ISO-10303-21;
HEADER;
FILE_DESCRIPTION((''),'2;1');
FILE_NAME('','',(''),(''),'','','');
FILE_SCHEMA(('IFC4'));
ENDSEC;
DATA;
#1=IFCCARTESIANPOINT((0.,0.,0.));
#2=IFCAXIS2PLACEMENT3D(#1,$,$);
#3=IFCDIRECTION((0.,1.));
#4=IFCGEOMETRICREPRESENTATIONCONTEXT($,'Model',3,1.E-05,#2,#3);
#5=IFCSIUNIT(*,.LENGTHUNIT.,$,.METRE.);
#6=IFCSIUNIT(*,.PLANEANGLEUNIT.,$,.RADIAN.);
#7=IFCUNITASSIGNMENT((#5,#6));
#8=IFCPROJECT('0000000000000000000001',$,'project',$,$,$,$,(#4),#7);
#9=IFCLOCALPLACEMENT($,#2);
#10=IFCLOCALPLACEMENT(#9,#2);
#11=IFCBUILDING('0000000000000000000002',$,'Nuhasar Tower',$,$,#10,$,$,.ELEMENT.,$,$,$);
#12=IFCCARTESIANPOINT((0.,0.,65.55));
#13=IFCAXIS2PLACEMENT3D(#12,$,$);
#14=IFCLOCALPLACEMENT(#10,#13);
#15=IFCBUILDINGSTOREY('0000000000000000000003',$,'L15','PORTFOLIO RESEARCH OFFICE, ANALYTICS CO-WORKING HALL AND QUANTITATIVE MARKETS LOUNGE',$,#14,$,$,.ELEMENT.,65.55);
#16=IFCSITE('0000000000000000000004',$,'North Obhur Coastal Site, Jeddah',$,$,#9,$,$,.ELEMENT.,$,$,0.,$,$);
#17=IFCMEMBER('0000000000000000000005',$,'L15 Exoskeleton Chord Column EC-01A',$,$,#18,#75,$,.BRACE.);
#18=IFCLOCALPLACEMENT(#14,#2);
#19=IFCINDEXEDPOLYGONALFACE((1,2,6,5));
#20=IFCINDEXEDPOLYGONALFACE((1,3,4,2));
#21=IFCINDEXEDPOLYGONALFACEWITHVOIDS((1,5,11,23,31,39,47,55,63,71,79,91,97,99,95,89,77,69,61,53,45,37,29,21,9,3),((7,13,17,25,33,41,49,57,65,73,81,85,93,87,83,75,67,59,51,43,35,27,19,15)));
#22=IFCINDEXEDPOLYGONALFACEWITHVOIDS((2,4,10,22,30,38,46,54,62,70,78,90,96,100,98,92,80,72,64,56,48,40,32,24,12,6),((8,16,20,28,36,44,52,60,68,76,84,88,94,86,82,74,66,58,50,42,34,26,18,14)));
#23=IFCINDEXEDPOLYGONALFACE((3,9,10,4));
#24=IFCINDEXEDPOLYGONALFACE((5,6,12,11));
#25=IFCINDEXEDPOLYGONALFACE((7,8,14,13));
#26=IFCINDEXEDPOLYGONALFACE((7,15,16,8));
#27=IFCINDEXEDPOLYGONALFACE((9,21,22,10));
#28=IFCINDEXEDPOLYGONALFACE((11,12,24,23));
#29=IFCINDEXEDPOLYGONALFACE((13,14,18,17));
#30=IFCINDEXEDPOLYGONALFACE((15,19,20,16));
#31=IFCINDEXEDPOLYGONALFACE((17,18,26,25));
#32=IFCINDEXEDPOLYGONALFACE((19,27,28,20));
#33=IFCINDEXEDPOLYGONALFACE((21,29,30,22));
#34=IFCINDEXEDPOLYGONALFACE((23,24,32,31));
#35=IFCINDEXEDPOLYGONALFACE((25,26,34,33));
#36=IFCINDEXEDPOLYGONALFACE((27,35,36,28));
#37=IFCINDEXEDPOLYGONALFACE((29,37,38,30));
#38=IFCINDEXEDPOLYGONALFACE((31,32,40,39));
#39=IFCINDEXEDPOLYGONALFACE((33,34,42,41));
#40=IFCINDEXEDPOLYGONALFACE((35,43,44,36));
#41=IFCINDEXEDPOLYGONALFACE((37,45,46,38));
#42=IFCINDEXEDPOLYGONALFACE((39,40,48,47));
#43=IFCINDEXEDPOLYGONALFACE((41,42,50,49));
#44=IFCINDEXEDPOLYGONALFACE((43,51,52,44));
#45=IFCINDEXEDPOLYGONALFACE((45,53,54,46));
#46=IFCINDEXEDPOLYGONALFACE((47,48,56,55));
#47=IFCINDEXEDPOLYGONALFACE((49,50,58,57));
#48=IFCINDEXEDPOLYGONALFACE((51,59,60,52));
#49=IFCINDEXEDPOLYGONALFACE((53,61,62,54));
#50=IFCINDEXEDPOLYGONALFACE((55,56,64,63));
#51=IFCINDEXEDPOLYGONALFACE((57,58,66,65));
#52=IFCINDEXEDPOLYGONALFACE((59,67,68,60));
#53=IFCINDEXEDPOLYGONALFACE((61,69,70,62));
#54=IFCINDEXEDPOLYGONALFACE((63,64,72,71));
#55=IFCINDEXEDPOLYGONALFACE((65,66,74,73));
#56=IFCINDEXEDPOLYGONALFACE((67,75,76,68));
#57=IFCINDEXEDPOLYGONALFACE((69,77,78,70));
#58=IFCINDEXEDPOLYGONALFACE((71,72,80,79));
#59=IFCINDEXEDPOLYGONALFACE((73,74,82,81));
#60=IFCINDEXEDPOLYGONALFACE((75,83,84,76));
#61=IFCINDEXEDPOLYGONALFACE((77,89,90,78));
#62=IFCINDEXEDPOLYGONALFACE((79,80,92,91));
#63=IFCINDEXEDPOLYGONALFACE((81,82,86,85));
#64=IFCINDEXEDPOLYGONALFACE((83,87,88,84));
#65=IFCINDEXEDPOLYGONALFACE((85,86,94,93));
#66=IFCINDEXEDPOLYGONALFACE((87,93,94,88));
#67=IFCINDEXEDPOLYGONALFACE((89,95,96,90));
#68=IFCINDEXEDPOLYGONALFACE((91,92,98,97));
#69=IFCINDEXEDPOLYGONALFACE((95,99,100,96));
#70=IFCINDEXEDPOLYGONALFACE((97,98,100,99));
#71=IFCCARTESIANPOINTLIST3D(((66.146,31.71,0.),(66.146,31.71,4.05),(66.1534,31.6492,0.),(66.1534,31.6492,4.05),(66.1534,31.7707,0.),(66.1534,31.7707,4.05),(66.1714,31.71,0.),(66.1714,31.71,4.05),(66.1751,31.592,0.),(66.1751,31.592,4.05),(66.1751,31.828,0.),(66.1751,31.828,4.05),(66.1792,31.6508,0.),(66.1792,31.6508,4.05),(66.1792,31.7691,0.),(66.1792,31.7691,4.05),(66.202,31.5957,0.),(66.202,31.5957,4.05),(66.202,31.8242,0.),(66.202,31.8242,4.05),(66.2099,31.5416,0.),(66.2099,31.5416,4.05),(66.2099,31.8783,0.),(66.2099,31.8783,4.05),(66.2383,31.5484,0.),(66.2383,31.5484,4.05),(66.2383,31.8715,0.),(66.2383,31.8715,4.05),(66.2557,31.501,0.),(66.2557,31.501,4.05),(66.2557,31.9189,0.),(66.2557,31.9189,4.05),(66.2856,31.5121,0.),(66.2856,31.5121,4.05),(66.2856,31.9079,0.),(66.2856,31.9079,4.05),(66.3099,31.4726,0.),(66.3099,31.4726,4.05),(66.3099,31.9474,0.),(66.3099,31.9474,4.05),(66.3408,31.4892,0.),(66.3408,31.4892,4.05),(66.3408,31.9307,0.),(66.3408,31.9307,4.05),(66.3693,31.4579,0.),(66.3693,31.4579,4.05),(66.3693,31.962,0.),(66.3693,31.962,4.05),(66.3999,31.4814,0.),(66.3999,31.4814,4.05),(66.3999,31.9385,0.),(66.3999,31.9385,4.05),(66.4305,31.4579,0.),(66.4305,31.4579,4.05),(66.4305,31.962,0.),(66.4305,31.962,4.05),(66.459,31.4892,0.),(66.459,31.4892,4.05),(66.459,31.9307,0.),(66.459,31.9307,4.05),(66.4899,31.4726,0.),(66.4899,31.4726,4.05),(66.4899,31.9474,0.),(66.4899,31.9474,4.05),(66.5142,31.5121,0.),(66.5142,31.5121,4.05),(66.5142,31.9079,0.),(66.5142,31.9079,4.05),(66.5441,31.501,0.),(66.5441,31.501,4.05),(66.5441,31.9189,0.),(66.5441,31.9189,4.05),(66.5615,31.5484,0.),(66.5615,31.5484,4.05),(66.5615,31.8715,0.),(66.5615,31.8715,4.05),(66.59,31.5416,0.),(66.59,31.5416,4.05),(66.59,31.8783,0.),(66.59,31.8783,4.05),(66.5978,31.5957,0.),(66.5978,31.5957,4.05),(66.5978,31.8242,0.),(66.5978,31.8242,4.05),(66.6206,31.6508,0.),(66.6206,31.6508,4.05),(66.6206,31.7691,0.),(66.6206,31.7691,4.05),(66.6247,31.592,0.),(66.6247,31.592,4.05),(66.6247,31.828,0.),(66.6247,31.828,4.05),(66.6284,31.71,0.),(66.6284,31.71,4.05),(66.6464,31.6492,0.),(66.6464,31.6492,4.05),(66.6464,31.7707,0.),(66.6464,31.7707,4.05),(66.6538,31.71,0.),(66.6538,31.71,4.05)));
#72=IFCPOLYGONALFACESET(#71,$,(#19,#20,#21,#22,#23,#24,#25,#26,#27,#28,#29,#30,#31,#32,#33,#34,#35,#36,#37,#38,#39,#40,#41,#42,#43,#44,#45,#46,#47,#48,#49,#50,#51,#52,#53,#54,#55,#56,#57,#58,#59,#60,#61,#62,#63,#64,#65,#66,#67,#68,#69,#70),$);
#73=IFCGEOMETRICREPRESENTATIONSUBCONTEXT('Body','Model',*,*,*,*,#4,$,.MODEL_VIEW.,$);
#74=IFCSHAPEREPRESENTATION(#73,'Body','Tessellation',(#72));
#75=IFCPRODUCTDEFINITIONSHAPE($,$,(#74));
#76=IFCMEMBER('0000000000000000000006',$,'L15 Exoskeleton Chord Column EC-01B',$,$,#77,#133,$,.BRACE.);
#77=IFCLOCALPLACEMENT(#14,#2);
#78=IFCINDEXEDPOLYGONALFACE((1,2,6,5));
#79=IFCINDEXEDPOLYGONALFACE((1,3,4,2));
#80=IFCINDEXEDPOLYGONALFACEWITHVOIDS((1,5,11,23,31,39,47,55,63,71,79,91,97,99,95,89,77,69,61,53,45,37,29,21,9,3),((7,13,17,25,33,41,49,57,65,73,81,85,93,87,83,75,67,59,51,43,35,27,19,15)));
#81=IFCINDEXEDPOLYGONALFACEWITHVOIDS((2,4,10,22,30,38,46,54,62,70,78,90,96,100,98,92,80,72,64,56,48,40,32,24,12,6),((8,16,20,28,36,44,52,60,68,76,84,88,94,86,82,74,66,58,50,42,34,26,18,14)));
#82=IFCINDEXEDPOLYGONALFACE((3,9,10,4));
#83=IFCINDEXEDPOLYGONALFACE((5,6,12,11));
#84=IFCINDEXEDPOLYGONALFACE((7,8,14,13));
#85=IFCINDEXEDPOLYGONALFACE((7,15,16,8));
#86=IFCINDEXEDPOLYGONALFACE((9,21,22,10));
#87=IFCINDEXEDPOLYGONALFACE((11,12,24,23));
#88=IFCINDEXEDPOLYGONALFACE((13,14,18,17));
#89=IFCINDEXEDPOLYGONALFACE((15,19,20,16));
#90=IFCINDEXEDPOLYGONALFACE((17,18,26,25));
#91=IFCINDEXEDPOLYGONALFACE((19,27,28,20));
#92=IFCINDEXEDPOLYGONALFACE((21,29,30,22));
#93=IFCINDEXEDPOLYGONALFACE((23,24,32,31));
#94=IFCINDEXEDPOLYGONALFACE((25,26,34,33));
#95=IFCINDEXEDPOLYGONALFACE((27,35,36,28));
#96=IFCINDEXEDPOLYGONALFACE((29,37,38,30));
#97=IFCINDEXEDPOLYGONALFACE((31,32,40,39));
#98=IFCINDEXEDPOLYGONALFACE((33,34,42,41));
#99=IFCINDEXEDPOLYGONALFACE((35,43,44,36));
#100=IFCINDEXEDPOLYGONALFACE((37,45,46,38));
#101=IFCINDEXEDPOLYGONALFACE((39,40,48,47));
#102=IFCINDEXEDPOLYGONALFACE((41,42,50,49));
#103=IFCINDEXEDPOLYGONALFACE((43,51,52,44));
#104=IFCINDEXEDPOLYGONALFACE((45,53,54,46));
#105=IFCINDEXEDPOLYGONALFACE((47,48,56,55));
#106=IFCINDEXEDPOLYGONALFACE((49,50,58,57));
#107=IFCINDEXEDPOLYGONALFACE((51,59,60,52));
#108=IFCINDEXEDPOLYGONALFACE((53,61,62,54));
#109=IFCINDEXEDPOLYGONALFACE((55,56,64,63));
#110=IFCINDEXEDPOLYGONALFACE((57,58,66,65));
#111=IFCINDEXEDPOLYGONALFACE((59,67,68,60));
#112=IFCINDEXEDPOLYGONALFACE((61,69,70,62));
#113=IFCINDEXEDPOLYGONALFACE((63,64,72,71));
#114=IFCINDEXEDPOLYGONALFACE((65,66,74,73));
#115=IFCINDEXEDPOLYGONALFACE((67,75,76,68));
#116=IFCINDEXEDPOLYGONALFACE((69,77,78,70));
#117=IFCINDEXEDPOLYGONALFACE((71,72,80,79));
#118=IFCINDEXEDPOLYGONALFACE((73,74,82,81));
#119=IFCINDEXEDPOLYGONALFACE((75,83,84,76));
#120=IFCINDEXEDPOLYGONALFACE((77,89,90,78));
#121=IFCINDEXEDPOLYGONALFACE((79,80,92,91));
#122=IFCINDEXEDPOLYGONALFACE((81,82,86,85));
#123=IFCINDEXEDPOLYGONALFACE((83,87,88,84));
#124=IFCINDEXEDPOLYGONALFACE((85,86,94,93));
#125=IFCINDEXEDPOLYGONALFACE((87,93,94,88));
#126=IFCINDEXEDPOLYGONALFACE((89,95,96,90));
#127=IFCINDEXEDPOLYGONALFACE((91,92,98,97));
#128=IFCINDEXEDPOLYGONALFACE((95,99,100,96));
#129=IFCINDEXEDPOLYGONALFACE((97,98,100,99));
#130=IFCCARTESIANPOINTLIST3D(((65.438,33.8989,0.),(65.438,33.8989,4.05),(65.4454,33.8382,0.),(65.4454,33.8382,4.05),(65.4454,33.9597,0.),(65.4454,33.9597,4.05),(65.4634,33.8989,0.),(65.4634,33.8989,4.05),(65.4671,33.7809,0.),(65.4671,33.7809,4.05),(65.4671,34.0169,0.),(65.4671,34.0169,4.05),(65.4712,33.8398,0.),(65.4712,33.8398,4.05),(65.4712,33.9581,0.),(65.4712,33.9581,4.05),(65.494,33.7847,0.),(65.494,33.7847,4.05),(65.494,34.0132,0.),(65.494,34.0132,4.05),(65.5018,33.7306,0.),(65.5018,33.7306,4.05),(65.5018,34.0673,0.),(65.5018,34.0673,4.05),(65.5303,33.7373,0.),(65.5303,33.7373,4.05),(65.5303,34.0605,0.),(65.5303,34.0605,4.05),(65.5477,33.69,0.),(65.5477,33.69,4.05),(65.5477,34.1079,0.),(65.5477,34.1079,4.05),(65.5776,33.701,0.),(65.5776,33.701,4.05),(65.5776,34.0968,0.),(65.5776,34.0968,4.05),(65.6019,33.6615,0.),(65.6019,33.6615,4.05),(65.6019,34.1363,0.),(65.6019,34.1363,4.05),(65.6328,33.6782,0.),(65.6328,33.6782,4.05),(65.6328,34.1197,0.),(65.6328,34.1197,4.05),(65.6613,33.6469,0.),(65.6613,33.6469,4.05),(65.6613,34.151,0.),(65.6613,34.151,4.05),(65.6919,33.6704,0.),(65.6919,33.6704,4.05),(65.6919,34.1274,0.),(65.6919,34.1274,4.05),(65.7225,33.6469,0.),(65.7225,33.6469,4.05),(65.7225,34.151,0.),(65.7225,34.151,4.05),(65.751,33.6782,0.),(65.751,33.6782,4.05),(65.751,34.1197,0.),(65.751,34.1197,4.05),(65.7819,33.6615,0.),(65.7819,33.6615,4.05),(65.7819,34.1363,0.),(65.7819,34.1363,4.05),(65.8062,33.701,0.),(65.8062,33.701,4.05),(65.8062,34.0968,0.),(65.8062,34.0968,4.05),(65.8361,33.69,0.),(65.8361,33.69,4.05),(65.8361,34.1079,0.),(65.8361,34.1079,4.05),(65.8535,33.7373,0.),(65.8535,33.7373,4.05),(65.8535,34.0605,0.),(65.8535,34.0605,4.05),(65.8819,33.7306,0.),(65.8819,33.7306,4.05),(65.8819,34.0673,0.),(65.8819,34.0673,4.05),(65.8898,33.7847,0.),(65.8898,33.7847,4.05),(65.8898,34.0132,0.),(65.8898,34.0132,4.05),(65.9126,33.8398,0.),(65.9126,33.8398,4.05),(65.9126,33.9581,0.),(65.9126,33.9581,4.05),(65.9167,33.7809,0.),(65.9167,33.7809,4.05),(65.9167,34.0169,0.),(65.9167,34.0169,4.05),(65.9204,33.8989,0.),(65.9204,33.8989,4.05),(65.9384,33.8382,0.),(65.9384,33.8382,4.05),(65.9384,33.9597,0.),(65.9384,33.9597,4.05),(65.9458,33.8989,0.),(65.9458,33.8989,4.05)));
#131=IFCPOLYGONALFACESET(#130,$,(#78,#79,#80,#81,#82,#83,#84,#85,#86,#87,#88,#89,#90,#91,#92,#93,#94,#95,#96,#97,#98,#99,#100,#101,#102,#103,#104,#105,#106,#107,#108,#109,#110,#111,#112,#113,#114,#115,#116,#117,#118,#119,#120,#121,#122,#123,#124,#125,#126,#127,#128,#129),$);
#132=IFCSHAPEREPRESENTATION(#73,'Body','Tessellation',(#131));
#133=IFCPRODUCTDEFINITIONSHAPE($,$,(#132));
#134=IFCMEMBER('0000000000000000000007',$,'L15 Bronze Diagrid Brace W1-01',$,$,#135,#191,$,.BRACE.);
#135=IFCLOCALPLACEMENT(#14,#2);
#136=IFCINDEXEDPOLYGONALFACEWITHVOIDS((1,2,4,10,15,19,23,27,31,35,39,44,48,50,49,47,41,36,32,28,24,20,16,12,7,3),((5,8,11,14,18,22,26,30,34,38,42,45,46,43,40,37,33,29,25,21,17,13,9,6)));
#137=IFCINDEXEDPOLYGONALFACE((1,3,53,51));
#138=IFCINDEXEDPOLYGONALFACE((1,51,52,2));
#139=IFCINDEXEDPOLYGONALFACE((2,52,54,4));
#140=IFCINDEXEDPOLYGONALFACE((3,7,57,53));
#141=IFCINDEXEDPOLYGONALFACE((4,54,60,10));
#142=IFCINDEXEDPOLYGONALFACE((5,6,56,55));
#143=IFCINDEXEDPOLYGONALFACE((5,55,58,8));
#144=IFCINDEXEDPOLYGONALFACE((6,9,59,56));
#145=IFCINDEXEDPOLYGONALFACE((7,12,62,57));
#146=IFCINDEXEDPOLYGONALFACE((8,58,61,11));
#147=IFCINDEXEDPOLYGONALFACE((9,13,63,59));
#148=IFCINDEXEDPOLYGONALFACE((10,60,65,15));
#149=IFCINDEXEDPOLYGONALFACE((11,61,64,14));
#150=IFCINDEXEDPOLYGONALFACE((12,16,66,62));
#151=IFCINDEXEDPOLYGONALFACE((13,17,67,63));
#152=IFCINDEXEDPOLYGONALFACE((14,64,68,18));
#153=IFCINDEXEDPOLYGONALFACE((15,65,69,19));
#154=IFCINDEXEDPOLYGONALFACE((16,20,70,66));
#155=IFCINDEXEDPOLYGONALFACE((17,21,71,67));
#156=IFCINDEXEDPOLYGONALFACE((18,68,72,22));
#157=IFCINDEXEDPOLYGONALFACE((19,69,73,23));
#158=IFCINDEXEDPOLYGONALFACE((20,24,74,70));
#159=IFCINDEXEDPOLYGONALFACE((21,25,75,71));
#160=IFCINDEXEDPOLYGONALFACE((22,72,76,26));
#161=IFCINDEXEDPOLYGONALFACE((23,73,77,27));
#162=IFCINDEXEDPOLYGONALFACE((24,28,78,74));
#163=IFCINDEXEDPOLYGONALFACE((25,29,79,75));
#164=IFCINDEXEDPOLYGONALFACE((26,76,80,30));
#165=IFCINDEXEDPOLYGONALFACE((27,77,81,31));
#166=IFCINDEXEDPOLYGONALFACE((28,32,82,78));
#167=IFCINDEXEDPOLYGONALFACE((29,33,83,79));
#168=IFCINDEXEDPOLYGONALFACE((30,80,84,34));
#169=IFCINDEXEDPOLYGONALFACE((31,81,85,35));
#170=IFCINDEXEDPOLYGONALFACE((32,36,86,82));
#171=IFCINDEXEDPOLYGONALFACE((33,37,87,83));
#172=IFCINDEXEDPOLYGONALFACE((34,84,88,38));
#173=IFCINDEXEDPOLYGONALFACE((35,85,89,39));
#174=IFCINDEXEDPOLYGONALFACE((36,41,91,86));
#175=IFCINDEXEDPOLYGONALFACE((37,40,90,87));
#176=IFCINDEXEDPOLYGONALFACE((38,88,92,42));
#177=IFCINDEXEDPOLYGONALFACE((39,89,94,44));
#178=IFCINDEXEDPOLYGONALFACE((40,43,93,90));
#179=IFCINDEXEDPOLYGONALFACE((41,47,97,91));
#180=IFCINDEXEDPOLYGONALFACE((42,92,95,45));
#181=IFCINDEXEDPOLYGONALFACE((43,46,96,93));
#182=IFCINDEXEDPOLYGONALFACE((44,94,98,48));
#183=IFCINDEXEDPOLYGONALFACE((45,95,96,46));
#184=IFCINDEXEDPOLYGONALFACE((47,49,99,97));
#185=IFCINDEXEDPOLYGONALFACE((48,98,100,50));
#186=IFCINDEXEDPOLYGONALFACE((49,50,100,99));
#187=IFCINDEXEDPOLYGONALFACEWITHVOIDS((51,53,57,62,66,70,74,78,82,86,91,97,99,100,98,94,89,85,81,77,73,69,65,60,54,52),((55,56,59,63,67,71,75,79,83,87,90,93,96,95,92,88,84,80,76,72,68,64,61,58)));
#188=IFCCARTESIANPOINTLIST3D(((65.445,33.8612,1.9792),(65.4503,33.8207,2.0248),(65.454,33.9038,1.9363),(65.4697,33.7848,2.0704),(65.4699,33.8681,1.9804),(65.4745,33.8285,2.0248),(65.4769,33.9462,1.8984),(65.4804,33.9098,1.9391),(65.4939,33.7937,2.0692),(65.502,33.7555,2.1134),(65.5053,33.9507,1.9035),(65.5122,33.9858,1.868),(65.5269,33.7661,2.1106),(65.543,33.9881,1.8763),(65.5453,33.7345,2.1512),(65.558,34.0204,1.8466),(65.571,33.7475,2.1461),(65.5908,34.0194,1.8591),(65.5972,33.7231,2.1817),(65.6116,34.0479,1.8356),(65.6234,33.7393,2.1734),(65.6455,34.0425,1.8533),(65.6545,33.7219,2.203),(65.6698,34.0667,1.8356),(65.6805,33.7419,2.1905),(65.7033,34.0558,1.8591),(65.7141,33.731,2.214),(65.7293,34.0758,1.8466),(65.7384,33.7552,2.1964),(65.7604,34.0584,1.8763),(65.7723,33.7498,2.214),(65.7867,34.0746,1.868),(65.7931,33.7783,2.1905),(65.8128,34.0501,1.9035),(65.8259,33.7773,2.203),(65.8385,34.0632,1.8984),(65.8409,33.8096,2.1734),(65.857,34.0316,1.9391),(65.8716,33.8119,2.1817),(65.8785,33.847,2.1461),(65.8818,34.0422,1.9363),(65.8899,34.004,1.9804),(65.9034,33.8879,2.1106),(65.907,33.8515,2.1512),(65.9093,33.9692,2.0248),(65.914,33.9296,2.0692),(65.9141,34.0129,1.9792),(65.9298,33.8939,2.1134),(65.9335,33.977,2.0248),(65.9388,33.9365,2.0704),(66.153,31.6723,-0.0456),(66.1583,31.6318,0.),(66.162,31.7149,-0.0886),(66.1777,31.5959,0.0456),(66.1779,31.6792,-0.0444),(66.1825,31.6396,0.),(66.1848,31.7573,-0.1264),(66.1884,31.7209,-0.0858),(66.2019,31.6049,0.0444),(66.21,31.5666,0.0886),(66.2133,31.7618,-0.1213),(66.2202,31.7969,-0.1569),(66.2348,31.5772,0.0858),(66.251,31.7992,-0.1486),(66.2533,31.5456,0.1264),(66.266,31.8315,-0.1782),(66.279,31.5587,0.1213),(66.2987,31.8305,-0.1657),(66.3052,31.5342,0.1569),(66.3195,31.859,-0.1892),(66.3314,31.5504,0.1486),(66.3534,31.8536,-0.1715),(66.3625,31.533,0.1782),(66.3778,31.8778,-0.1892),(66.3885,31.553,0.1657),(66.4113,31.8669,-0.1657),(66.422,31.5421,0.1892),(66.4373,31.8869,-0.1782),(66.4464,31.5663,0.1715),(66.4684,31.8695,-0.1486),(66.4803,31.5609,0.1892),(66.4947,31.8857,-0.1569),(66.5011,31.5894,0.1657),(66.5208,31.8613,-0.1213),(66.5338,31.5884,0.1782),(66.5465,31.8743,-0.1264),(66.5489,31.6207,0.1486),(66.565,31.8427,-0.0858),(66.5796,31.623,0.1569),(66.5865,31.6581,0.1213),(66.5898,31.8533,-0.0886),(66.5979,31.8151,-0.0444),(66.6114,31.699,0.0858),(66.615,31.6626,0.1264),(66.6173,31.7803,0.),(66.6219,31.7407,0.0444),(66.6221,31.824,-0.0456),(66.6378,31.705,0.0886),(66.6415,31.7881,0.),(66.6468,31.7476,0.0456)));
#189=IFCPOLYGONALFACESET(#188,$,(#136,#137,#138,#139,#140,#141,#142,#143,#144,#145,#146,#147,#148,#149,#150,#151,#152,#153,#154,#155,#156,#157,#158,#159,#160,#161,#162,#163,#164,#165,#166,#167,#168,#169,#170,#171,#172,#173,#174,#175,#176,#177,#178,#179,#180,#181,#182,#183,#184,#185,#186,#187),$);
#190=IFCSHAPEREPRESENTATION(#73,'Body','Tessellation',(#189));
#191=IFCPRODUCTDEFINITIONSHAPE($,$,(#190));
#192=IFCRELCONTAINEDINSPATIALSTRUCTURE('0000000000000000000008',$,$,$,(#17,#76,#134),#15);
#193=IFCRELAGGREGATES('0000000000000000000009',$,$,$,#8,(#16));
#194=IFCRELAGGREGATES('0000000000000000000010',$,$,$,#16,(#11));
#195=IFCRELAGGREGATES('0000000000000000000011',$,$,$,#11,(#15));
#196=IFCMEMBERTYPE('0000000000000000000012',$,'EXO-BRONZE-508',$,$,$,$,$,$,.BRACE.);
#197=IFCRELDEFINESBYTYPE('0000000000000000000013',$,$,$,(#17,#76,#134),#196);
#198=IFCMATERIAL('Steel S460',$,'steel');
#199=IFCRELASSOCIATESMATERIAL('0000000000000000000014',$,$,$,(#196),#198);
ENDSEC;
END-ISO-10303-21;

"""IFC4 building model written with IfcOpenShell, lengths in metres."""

from ifc_helpers import new_model, si_unit, direction, frame, origin, origin_2d, place, context, subcontext, project, spatial, hollow_circle, extrude, material, material_profile, profile_set, type_object, element, save


model = new_model("IFC4")

# Units and contexts
model_context = context("Model", 3, precision=1e-05, world=origin(), true_north=direction((0.0, 1.0)))
body_context = subcontext(model_context, "Body", "Model", "MODEL_VIEW")
ifc_project = project(units=[si_unit("LENGTHUNIT", "METRE"), si_unit("PLANEANGLEUNIT", "RADIAN")], contexts=[model_context])

# Site, building, storey
site_placement = place(None, origin())
site = spatial("IfcSite", under=ifc_project, at=site_placement, Name="North Obhur Coastal Site, Jeddah", CompositionType="ELEMENT", RefElevation=0.0)
building_placement = place(site_placement, origin())
building = spatial("IfcBuilding", under=site, at=building_placement, Name="Nuhasar Tower", CompositionType="ELEMENT")
storey_placement = place(building_placement, frame((0.0, 0.0, 65.55)))
storey = spatial("IfcBuildingStorey", under=building, at=storey_placement, Name="L15", Description="PORTFOLIO RESEARCH OFFICE, ANALYTICS CO-WORKING HALL AND QUANTITATIVE MARKETS LOUNGE", CompositionType="ELEMENT", Elevation=65.55)

# Members
ifc_material_1 = material(Name="Steel S460", Category="steel")
ifc_material_profile_1 = material_profile(ifc_material_1, hollow_circle(Radius=0.2539, WallThickness=0.0254, at=origin_2d()), Name="HSS508X25.4")
ifc_profile_set_1 = profile_set([ifc_material_profile_1], Name="Steel S460")
member_type_1 = type_object("IfcMemberType", Name="EXO-BRONZE-508", PredefinedType="BRACE", material=ifc_profile_set_1)
for number, where, z_axis, x_axis, name in (
    (1, (66.3999, 31.71, 0.0), (0.0, 0.0, 1.0), (1.0, 0.0, 0.0), "L15 Exoskeleton Chord Column EC-01A"),
    (2, (65.6919, 33.8989, 0.0), (0.0, 0.0, 1.0), (1.0, 0.0, 0.0), "L15 Exoskeleton Chord Column EC-01B"),
):
    element("IfcMember", number, at=place(storey_placement, frame(where, z_axis=z_axis, x_axis=x_axis)), inside=storey, type_object=member_type_1, Name=name, PredefinedType="BRACE", context=body_context, shape_type="SweptSolid", body=[
        extrude(hollow_circle(Radius=0.2539, WallThickness=0.0254, at=origin_2d()), origin(), (0.0, 0.0, 1.0), 4.05),
    ])
member_1_placement = place(storey_placement, frame((66.3999, 31.71, 0.0), z_axis=(-0.231012, 0.714225, 0.660694), x_axis=(-0.951468, -0.307747, 0.0)))
element("IfcMember", 3, at=member_1_placement, inside=storey, type_object=member_type_1, Name="L15 Bronze Diagrid Brace W1-01", PredefinedType="BRACE", context=body_context, shape_type="SweptSolid", body=[
    extrude(hollow_circle(Radius=0.2539, WallThickness=0.0254, at=origin_2d()), origin(), (0.0, 0.0, 1.0), 3.0647),
])

save(model, "model.ifc")
